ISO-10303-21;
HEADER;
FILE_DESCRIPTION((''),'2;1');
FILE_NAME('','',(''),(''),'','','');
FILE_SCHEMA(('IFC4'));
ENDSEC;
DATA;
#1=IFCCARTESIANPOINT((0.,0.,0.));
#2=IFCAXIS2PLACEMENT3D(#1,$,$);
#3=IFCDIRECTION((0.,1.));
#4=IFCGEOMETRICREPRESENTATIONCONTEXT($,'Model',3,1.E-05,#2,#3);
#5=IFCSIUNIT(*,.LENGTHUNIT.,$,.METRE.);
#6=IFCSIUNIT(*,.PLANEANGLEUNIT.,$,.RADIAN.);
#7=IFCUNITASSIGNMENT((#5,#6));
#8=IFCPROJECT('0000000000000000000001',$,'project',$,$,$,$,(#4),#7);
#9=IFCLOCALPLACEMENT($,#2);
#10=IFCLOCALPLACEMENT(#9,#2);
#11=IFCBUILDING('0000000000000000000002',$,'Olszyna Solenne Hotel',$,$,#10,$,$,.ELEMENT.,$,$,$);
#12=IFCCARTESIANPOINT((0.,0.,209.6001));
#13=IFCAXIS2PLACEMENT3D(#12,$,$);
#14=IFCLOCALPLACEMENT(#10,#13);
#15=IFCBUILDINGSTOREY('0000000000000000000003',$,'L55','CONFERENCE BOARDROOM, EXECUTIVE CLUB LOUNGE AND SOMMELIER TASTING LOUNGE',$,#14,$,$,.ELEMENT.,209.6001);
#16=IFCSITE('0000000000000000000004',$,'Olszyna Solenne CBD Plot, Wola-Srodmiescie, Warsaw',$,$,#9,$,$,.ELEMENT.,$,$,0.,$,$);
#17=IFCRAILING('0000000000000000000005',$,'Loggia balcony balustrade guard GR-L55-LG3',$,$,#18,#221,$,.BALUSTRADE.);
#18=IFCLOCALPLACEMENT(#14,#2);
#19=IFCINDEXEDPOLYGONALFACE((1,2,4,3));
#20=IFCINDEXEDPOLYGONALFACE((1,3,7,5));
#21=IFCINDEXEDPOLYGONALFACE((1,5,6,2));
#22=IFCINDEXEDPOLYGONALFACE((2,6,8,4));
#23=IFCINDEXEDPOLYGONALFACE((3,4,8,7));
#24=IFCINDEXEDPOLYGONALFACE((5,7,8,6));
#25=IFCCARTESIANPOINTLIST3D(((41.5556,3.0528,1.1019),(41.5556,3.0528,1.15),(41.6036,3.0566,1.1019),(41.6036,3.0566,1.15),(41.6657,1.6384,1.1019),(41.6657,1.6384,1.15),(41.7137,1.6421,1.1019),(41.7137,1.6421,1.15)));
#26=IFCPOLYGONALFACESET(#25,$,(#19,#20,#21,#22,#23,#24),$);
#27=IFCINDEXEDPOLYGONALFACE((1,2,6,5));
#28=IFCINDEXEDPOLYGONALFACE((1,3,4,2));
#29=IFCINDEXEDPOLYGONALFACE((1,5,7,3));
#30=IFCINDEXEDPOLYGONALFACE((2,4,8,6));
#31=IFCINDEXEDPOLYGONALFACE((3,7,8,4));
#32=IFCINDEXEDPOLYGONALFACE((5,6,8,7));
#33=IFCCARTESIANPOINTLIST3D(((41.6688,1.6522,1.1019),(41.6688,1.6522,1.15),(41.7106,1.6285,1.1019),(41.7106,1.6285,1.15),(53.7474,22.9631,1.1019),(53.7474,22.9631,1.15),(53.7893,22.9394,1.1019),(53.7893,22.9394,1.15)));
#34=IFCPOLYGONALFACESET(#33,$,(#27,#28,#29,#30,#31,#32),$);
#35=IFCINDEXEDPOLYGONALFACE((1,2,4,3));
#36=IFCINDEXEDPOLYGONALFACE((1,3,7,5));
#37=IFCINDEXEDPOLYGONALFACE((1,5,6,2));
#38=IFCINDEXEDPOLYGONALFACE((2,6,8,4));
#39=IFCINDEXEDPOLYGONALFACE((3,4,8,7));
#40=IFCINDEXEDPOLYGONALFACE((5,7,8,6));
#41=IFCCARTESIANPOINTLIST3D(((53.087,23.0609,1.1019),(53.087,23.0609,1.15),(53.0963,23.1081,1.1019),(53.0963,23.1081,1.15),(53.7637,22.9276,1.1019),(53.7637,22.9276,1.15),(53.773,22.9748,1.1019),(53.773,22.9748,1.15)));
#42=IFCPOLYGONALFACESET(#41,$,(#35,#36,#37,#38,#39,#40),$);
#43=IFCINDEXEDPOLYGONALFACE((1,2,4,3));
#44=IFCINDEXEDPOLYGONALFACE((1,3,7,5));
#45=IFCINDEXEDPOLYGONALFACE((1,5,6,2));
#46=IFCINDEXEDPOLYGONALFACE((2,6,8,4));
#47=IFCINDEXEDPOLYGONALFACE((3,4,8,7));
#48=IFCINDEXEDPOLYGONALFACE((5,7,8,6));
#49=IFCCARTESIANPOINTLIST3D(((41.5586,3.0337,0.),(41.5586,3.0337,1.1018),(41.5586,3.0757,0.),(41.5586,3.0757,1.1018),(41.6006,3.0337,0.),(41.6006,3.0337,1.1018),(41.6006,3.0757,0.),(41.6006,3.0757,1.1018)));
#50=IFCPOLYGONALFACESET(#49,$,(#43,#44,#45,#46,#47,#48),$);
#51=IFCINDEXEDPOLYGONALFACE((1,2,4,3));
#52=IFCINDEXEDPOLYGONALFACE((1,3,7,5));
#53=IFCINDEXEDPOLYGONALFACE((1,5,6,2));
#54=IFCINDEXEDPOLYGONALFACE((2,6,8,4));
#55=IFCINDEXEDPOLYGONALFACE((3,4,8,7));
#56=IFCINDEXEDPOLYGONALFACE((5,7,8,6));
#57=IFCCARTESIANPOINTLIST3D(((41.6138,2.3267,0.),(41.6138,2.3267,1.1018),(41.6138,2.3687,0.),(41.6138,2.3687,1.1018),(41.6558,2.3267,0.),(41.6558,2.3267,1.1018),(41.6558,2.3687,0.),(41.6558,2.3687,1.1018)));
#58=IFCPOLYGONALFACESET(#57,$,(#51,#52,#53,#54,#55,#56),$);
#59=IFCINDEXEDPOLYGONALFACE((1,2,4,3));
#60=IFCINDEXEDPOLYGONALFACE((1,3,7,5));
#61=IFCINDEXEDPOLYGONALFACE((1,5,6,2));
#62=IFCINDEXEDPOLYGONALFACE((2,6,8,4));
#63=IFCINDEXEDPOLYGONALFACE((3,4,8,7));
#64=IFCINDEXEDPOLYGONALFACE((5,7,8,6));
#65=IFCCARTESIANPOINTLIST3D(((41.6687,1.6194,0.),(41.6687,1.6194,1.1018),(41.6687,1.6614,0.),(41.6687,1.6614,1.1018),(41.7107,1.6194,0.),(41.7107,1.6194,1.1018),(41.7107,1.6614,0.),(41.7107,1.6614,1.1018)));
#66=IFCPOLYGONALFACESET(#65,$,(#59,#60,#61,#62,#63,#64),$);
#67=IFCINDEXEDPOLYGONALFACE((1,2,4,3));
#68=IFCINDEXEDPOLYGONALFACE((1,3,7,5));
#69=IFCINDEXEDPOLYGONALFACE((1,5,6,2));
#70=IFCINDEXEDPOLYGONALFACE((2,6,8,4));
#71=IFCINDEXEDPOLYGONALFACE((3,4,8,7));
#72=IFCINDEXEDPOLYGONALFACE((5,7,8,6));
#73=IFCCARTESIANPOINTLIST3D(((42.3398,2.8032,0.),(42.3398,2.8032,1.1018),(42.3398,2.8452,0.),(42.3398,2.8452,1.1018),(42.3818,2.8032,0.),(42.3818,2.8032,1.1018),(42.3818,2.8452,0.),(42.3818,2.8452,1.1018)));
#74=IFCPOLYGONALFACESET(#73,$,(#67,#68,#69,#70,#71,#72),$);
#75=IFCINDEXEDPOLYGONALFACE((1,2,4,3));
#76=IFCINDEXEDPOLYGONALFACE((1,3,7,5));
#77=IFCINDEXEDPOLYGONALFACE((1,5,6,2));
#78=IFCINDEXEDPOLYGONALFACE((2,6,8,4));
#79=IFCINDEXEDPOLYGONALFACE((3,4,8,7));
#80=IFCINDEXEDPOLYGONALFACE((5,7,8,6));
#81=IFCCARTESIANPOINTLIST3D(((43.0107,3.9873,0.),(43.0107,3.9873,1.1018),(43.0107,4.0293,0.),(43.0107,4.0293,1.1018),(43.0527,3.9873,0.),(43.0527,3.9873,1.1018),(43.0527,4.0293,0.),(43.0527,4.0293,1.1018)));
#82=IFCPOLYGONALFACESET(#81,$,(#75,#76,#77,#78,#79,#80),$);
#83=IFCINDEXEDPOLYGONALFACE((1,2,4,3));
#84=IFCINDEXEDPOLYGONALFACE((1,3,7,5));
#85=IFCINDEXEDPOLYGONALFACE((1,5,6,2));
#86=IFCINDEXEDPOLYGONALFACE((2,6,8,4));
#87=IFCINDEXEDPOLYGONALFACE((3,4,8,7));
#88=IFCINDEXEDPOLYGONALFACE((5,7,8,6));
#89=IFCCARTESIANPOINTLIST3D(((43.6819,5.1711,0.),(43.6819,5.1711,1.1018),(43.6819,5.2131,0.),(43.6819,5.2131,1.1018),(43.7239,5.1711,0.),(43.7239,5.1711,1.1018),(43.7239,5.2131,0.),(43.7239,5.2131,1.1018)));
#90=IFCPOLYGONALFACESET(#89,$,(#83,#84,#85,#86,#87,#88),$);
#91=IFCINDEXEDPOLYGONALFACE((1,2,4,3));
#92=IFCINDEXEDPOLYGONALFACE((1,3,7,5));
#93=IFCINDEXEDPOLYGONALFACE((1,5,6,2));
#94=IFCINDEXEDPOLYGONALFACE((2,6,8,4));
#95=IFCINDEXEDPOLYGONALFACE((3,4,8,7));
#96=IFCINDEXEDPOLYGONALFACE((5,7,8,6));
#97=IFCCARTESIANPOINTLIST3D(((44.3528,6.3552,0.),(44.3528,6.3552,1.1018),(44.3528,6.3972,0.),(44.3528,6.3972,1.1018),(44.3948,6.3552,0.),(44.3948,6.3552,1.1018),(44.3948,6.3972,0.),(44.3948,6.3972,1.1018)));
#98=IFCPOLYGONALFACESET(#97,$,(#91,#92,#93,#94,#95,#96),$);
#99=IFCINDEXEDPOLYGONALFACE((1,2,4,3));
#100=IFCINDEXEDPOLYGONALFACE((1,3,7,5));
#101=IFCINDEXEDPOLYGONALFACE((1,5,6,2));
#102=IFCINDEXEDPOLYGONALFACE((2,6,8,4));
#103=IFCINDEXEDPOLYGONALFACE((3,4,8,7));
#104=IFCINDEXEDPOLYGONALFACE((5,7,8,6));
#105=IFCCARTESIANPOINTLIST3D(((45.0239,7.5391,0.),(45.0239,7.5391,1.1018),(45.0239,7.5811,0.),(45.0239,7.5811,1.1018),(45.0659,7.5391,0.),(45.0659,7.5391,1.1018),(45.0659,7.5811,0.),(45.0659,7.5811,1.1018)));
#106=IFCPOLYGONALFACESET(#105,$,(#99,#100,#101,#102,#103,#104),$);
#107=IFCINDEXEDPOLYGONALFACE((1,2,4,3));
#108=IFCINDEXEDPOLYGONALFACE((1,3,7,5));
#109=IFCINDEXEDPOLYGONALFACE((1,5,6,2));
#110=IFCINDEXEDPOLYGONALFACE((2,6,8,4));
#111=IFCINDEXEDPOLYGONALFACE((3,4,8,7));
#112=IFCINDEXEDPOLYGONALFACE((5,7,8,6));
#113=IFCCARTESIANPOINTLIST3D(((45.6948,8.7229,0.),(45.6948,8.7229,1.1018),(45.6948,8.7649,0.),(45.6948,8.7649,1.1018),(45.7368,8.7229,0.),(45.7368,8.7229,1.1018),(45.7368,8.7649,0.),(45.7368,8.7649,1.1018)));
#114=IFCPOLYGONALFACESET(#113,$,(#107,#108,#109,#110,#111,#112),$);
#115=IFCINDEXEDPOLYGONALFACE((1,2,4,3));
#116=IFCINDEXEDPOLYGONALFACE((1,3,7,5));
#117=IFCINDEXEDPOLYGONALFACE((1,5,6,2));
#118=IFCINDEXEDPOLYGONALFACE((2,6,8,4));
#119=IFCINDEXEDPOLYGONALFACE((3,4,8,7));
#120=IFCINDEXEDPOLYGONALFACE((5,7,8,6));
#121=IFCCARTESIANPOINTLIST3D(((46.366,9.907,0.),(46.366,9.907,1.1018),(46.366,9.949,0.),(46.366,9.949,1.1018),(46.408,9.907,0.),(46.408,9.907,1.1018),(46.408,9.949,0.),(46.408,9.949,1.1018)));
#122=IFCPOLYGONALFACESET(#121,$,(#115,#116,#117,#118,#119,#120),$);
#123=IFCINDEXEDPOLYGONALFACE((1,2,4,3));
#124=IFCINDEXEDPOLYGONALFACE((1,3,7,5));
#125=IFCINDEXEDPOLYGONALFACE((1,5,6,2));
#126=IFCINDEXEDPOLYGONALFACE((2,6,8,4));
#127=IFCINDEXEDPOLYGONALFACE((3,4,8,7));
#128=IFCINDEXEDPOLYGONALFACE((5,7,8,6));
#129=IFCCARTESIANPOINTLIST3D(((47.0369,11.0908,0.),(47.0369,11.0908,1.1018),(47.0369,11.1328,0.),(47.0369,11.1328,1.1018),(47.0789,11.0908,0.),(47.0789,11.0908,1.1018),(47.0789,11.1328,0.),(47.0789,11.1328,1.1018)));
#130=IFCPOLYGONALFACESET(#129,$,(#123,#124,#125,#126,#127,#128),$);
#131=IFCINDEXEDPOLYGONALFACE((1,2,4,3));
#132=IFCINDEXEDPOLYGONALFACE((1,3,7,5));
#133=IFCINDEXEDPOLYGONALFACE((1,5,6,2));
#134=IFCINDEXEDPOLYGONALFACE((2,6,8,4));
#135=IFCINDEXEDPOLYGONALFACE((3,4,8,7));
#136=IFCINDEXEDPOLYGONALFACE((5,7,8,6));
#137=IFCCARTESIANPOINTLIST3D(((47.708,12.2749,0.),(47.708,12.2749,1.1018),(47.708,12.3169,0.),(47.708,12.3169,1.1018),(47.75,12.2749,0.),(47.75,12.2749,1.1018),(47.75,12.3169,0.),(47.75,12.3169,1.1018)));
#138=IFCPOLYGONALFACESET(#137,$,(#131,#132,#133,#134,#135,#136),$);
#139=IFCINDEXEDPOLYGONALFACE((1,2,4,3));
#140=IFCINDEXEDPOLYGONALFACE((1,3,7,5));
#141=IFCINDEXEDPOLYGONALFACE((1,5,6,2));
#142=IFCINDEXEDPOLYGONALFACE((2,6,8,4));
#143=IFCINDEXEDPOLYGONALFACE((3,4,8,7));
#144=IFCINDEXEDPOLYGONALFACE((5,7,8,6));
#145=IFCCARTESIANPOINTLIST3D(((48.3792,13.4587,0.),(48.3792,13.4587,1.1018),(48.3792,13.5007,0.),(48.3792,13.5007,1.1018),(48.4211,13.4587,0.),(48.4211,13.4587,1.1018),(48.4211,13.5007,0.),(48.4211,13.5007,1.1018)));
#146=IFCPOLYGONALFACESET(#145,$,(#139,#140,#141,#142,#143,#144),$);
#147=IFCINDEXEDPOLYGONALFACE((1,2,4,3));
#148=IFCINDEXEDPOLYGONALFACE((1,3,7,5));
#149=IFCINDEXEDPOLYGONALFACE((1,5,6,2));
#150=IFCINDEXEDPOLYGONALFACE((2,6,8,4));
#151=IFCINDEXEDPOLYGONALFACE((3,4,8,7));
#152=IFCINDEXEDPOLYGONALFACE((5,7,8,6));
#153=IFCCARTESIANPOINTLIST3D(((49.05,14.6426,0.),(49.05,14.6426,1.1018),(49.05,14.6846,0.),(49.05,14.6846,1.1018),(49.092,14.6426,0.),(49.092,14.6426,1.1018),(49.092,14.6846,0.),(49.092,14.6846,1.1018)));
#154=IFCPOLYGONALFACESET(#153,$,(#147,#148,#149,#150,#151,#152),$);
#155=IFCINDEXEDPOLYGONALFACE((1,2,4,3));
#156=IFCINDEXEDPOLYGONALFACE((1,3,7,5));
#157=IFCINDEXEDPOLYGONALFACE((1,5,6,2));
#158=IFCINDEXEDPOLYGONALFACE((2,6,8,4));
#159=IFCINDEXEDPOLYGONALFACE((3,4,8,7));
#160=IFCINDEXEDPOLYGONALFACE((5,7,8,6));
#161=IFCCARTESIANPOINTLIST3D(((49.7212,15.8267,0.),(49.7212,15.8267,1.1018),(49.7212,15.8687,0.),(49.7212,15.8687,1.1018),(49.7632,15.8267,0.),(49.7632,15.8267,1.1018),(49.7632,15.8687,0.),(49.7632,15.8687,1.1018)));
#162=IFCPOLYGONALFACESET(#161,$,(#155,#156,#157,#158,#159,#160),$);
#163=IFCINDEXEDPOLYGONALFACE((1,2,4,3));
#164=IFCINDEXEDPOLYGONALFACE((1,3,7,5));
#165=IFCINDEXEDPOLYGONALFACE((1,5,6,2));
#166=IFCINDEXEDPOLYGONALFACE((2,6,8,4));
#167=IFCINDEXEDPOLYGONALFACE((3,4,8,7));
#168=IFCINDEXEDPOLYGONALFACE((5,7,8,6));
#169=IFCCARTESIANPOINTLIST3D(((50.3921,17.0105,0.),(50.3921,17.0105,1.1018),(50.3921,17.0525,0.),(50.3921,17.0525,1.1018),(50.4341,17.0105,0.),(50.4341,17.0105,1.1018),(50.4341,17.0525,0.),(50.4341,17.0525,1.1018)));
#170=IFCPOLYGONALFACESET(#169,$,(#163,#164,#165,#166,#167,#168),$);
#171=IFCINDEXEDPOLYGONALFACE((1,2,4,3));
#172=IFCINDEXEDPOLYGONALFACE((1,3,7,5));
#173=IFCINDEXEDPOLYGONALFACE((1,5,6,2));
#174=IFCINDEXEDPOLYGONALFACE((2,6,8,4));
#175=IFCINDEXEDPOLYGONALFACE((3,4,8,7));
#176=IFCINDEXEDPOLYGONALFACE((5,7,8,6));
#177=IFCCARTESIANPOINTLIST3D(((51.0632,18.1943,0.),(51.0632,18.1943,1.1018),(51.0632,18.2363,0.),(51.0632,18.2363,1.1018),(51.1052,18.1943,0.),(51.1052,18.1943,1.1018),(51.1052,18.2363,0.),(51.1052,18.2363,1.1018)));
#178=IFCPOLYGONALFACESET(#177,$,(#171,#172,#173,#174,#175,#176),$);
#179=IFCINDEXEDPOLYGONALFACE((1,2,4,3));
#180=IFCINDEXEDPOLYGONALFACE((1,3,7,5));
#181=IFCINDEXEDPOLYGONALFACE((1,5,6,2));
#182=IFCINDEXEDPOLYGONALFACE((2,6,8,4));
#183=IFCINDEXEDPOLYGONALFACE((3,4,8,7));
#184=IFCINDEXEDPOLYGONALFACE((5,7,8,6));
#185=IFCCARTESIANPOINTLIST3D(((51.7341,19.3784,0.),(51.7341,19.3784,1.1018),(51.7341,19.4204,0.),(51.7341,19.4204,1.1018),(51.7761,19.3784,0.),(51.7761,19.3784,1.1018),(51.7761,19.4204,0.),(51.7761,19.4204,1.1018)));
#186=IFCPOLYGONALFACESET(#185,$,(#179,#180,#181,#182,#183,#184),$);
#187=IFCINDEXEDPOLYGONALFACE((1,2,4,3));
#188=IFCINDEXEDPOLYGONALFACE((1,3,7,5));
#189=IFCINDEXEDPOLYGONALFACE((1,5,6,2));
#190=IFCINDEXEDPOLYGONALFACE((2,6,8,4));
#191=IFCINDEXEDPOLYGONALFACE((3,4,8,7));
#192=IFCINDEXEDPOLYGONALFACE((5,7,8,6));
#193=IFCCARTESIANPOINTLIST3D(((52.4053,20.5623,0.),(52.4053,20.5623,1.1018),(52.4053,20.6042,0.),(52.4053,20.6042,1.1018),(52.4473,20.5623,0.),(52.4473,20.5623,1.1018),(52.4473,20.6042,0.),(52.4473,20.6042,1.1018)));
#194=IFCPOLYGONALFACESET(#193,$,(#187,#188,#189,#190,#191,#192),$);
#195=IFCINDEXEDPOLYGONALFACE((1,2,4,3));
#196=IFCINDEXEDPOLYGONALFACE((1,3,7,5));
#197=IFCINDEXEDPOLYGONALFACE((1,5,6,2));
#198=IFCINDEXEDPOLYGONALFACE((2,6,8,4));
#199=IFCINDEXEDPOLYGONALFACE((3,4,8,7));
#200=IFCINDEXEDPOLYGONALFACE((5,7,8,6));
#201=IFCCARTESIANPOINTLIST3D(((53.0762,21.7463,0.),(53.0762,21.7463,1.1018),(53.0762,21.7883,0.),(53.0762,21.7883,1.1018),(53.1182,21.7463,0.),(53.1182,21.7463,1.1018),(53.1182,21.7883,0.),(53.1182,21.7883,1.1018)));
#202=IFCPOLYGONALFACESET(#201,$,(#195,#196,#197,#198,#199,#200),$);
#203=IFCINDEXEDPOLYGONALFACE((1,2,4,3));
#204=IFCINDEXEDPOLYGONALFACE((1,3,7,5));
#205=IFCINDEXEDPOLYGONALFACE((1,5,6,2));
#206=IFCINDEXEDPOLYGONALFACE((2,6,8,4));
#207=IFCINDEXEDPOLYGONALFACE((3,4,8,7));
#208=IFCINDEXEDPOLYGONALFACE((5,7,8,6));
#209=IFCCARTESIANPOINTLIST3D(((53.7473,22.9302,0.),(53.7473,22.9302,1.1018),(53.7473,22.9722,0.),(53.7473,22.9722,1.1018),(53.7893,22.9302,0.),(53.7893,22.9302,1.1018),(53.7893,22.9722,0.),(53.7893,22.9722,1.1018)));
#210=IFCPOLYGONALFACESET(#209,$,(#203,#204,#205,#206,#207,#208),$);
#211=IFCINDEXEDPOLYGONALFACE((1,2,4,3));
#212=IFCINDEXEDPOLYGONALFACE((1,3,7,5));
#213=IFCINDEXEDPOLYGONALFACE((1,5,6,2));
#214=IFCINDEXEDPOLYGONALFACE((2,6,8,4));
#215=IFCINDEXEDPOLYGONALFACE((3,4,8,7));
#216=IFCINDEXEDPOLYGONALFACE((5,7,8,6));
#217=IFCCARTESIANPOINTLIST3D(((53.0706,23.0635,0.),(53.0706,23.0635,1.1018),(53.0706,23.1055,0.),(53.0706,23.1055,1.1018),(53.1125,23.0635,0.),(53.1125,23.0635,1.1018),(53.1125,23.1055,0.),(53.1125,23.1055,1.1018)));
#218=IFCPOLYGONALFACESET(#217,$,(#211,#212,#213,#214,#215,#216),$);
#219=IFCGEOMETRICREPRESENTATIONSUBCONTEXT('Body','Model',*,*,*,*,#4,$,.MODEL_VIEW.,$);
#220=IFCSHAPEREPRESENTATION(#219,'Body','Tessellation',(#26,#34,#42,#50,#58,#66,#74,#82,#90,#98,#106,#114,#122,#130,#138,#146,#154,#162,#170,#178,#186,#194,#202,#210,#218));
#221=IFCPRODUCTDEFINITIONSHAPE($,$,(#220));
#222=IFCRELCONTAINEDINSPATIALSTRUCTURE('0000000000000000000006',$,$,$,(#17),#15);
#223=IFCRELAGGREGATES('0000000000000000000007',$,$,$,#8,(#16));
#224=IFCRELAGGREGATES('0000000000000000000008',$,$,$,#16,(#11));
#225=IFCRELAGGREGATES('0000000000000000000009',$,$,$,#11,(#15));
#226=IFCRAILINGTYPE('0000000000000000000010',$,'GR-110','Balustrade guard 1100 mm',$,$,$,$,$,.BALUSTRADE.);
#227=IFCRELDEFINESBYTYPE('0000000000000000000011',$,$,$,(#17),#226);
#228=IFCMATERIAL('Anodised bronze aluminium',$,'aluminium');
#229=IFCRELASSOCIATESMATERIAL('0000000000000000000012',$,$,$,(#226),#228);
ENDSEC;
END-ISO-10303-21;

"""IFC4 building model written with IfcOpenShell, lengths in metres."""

from ifc_helpers import new_model, si_unit, direction, frame, origin, origin_2d, place, context, subcontext, project, spatial, rectangle, extrude, material, type_object, element, save


model = new_model("IFC4")

# Units and contexts
model_context = context("Model", 3, precision=1e-05, world=origin(), true_north=direction((0.0, 1.0)))
body_context = subcontext(model_context, "Body", "Model", "MODEL_VIEW")
ifc_project = project(units=[si_unit("LENGTHUNIT", "METRE"), si_unit("PLANEANGLEUNIT", "RADIAN")], contexts=[model_context])

# Site, building, storey
site_placement = place(None, origin())
site = spatial("IfcSite", under=ifc_project, at=site_placement, Name="Olszyna Solenne CBD Plot, Wola-Srodmiescie, Warsaw", CompositionType="ELEMENT", RefElevation=0.0)
building_placement = place(site_placement, origin())
building = spatial("IfcBuilding", under=site, at=building_placement, Name="Olszyna Solenne Hotel", CompositionType="ELEMENT")
storey_placement = place(building_placement, frame((0.0, 0.0, 209.6001)))
storey = spatial("IfcBuildingStorey", under=building, at=storey_placement, Name="L55", Description="CONFERENCE BOARDROOM, EXECUTIVE CLUB LOUNGE AND SOMMELIER TASTING LOUNGE", CompositionType="ELEMENT", Elevation=209.6001)

# Shared definitions
ifc_material_1 = material(Name="Anodised bronze aluminium", Category="aluminium")

# Railing
railing_type = type_object("IfcRailingType", Name="GR-110", Description="Balustrade guard 1100 mm", PredefinedType="BALUSTRADE", material=ifc_material_1)
railing_placement = place(storey_placement, frame((41.5796, 3.0547, 0.0)))
element("IfcRailing", 1, at=railing_placement, inside=storey, type_object=railing_type, Name="Loggia balcony balustrade guard GR-L55-LG3", PredefinedType="BALUSTRADE", context=body_context, shape_type="SweptSolid", body=[
    extrude(rectangle(XDim=0.0481, YDim=0.0481, at=origin_2d()), frame((0.0, 0.0, 1.126), z_axis=(0.077618, -0.996983, 0.0), x_axis=(0.996983, 0.077618, 0.0)), (0.0, 0.0, 1.0), 1.4187),
    extrude(rectangle(XDim=0.0481, YDim=0.0481, at=origin_2d()), frame((0.1101, -1.4143, 1.126), z_axis=(0.49309, 0.869978, 0.0), x_axis=(-0.869978, 0.49309, 0.0)), (0.0, 0.0, 1.0), 24.4958),
    extrude(rectangle(XDim=0.0481, YDim=0.0481, at=origin_2d()), frame((12.1887, 19.8965, 1.126), z_axis=(-0.981148, 0.193256, 0.0), x_axis=(-0.193256, -0.981148, 0.0)), (0.0, 0.0, 1.0), 0.6897),
    extrude(rectangle(XDim=0.042, YDim=0.042, at=origin_2d()), origin(), (0.0, 0.0, 1.0), 1.1018),
    extrude(rectangle(XDim=0.042, YDim=0.042, at=origin_2d()), frame((0.0552, -0.707, 0.0)), (0.0, 0.0, 1.0), 1.1018),
    extrude(rectangle(XDim=0.042, YDim=0.042, at=origin_2d()), frame((0.1101, -1.4143, 0.0)), (0.0, 0.0, 1.0), 1.1018),
    extrude(rectangle(XDim=0.042, YDim=0.042, at=origin_2d()), frame((0.7812, -0.2305, 0.0)), (0.0, 0.0, 1.0), 1.1018),
    extrude(rectangle(XDim=0.042, YDim=0.042, at=origin_2d()), frame((1.4521, 0.9536, 0.0)), (0.0, 0.0, 1.0), 1.1018),
    extrude(rectangle(XDim=0.042, YDim=0.042, at=origin_2d()), frame((2.1233, 2.1375, 0.0)), (0.0, 0.0, 1.0), 1.1018),
    extrude(rectangle(XDim=0.042, YDim=0.042, at=origin_2d()), frame((2.7942, 3.3215, 0.0)), (0.0, 0.0, 1.0), 1.1018),
    extrude(rectangle(XDim=0.042, YDim=0.042, at=origin_2d()), frame((3.4653, 4.5054, 0.0)), (0.0, 0.0, 1.0), 1.1018),
    extrude(rectangle(XDim=0.042, YDim=0.042, at=origin_2d()), frame((4.1362, 5.6892, 0.0)), (0.0, 0.0, 1.0), 1.1018),
    extrude(rectangle(XDim=0.042, YDim=0.042, at=origin_2d()), frame((4.8074, 6.8733, 0.0)), (0.0, 0.0, 1.0), 1.1018),
    extrude(rectangle(XDim=0.042, YDim=0.042, at=origin_2d()), frame((5.4783, 8.0571, 0.0)), (0.0, 0.0, 1.0), 1.1018),
    extrude(rectangle(XDim=0.042, YDim=0.042, at=origin_2d()), frame((6.1494, 9.2412, 0.0)), (0.0, 0.0, 1.0), 1.1018),
    extrude(rectangle(XDim=0.042, YDim=0.042, at=origin_2d()), frame((6.8206, 10.425, 0.0)), (0.0, 0.0, 1.0), 1.1018),
    extrude(rectangle(XDim=0.042, YDim=0.042, at=origin_2d()), frame((7.4915, 11.6089, 0.0)), (0.0, 0.0, 1.0), 1.1018),
    extrude(rectangle(XDim=0.042, YDim=0.042, at=origin_2d()), frame((8.1626, 12.793, 0.0)), (0.0, 0.0, 1.0), 1.1018),
    extrude(rectangle(XDim=0.042, YDim=0.042, at=origin_2d()), frame((8.8335, 13.9768, 0.0)), (0.0, 0.0, 1.0), 1.1018),
    extrude(rectangle(XDim=0.042, YDim=0.042, at=origin_2d()), frame((9.5046, 15.1606, 0.0)), (0.0, 0.0, 1.0), 1.1018),
    extrude(rectangle(XDim=0.042, YDim=0.042, at=origin_2d()), frame((10.1755, 16.3447, 0.0)), (0.0, 0.0, 1.0), 1.1018),
    extrude(rectangle(XDim=0.042, YDim=0.042, at=origin_2d()), frame((10.8467, 17.5286, 0.0)), (0.0, 0.0, 1.0), 1.1018),
    extrude(rectangle(XDim=0.042, YDim=0.042, at=origin_2d()), frame((11.5176, 18.7126, 0.0)), (0.0, 0.0, 1.0), 1.1018),
    extrude(rectangle(XDim=0.042, YDim=0.042, at=origin_2d()), frame((12.1887, 19.8965, 0.0)), (0.0, 0.0, 1.0), 1.1018),
    extrude(rectangle(XDim=0.042, YDim=0.042, at=origin_2d()), frame((11.512, 20.0298, 0.0)), (0.0, 0.0, 1.0), 1.1018),
])

save(model, "model.ifc")
